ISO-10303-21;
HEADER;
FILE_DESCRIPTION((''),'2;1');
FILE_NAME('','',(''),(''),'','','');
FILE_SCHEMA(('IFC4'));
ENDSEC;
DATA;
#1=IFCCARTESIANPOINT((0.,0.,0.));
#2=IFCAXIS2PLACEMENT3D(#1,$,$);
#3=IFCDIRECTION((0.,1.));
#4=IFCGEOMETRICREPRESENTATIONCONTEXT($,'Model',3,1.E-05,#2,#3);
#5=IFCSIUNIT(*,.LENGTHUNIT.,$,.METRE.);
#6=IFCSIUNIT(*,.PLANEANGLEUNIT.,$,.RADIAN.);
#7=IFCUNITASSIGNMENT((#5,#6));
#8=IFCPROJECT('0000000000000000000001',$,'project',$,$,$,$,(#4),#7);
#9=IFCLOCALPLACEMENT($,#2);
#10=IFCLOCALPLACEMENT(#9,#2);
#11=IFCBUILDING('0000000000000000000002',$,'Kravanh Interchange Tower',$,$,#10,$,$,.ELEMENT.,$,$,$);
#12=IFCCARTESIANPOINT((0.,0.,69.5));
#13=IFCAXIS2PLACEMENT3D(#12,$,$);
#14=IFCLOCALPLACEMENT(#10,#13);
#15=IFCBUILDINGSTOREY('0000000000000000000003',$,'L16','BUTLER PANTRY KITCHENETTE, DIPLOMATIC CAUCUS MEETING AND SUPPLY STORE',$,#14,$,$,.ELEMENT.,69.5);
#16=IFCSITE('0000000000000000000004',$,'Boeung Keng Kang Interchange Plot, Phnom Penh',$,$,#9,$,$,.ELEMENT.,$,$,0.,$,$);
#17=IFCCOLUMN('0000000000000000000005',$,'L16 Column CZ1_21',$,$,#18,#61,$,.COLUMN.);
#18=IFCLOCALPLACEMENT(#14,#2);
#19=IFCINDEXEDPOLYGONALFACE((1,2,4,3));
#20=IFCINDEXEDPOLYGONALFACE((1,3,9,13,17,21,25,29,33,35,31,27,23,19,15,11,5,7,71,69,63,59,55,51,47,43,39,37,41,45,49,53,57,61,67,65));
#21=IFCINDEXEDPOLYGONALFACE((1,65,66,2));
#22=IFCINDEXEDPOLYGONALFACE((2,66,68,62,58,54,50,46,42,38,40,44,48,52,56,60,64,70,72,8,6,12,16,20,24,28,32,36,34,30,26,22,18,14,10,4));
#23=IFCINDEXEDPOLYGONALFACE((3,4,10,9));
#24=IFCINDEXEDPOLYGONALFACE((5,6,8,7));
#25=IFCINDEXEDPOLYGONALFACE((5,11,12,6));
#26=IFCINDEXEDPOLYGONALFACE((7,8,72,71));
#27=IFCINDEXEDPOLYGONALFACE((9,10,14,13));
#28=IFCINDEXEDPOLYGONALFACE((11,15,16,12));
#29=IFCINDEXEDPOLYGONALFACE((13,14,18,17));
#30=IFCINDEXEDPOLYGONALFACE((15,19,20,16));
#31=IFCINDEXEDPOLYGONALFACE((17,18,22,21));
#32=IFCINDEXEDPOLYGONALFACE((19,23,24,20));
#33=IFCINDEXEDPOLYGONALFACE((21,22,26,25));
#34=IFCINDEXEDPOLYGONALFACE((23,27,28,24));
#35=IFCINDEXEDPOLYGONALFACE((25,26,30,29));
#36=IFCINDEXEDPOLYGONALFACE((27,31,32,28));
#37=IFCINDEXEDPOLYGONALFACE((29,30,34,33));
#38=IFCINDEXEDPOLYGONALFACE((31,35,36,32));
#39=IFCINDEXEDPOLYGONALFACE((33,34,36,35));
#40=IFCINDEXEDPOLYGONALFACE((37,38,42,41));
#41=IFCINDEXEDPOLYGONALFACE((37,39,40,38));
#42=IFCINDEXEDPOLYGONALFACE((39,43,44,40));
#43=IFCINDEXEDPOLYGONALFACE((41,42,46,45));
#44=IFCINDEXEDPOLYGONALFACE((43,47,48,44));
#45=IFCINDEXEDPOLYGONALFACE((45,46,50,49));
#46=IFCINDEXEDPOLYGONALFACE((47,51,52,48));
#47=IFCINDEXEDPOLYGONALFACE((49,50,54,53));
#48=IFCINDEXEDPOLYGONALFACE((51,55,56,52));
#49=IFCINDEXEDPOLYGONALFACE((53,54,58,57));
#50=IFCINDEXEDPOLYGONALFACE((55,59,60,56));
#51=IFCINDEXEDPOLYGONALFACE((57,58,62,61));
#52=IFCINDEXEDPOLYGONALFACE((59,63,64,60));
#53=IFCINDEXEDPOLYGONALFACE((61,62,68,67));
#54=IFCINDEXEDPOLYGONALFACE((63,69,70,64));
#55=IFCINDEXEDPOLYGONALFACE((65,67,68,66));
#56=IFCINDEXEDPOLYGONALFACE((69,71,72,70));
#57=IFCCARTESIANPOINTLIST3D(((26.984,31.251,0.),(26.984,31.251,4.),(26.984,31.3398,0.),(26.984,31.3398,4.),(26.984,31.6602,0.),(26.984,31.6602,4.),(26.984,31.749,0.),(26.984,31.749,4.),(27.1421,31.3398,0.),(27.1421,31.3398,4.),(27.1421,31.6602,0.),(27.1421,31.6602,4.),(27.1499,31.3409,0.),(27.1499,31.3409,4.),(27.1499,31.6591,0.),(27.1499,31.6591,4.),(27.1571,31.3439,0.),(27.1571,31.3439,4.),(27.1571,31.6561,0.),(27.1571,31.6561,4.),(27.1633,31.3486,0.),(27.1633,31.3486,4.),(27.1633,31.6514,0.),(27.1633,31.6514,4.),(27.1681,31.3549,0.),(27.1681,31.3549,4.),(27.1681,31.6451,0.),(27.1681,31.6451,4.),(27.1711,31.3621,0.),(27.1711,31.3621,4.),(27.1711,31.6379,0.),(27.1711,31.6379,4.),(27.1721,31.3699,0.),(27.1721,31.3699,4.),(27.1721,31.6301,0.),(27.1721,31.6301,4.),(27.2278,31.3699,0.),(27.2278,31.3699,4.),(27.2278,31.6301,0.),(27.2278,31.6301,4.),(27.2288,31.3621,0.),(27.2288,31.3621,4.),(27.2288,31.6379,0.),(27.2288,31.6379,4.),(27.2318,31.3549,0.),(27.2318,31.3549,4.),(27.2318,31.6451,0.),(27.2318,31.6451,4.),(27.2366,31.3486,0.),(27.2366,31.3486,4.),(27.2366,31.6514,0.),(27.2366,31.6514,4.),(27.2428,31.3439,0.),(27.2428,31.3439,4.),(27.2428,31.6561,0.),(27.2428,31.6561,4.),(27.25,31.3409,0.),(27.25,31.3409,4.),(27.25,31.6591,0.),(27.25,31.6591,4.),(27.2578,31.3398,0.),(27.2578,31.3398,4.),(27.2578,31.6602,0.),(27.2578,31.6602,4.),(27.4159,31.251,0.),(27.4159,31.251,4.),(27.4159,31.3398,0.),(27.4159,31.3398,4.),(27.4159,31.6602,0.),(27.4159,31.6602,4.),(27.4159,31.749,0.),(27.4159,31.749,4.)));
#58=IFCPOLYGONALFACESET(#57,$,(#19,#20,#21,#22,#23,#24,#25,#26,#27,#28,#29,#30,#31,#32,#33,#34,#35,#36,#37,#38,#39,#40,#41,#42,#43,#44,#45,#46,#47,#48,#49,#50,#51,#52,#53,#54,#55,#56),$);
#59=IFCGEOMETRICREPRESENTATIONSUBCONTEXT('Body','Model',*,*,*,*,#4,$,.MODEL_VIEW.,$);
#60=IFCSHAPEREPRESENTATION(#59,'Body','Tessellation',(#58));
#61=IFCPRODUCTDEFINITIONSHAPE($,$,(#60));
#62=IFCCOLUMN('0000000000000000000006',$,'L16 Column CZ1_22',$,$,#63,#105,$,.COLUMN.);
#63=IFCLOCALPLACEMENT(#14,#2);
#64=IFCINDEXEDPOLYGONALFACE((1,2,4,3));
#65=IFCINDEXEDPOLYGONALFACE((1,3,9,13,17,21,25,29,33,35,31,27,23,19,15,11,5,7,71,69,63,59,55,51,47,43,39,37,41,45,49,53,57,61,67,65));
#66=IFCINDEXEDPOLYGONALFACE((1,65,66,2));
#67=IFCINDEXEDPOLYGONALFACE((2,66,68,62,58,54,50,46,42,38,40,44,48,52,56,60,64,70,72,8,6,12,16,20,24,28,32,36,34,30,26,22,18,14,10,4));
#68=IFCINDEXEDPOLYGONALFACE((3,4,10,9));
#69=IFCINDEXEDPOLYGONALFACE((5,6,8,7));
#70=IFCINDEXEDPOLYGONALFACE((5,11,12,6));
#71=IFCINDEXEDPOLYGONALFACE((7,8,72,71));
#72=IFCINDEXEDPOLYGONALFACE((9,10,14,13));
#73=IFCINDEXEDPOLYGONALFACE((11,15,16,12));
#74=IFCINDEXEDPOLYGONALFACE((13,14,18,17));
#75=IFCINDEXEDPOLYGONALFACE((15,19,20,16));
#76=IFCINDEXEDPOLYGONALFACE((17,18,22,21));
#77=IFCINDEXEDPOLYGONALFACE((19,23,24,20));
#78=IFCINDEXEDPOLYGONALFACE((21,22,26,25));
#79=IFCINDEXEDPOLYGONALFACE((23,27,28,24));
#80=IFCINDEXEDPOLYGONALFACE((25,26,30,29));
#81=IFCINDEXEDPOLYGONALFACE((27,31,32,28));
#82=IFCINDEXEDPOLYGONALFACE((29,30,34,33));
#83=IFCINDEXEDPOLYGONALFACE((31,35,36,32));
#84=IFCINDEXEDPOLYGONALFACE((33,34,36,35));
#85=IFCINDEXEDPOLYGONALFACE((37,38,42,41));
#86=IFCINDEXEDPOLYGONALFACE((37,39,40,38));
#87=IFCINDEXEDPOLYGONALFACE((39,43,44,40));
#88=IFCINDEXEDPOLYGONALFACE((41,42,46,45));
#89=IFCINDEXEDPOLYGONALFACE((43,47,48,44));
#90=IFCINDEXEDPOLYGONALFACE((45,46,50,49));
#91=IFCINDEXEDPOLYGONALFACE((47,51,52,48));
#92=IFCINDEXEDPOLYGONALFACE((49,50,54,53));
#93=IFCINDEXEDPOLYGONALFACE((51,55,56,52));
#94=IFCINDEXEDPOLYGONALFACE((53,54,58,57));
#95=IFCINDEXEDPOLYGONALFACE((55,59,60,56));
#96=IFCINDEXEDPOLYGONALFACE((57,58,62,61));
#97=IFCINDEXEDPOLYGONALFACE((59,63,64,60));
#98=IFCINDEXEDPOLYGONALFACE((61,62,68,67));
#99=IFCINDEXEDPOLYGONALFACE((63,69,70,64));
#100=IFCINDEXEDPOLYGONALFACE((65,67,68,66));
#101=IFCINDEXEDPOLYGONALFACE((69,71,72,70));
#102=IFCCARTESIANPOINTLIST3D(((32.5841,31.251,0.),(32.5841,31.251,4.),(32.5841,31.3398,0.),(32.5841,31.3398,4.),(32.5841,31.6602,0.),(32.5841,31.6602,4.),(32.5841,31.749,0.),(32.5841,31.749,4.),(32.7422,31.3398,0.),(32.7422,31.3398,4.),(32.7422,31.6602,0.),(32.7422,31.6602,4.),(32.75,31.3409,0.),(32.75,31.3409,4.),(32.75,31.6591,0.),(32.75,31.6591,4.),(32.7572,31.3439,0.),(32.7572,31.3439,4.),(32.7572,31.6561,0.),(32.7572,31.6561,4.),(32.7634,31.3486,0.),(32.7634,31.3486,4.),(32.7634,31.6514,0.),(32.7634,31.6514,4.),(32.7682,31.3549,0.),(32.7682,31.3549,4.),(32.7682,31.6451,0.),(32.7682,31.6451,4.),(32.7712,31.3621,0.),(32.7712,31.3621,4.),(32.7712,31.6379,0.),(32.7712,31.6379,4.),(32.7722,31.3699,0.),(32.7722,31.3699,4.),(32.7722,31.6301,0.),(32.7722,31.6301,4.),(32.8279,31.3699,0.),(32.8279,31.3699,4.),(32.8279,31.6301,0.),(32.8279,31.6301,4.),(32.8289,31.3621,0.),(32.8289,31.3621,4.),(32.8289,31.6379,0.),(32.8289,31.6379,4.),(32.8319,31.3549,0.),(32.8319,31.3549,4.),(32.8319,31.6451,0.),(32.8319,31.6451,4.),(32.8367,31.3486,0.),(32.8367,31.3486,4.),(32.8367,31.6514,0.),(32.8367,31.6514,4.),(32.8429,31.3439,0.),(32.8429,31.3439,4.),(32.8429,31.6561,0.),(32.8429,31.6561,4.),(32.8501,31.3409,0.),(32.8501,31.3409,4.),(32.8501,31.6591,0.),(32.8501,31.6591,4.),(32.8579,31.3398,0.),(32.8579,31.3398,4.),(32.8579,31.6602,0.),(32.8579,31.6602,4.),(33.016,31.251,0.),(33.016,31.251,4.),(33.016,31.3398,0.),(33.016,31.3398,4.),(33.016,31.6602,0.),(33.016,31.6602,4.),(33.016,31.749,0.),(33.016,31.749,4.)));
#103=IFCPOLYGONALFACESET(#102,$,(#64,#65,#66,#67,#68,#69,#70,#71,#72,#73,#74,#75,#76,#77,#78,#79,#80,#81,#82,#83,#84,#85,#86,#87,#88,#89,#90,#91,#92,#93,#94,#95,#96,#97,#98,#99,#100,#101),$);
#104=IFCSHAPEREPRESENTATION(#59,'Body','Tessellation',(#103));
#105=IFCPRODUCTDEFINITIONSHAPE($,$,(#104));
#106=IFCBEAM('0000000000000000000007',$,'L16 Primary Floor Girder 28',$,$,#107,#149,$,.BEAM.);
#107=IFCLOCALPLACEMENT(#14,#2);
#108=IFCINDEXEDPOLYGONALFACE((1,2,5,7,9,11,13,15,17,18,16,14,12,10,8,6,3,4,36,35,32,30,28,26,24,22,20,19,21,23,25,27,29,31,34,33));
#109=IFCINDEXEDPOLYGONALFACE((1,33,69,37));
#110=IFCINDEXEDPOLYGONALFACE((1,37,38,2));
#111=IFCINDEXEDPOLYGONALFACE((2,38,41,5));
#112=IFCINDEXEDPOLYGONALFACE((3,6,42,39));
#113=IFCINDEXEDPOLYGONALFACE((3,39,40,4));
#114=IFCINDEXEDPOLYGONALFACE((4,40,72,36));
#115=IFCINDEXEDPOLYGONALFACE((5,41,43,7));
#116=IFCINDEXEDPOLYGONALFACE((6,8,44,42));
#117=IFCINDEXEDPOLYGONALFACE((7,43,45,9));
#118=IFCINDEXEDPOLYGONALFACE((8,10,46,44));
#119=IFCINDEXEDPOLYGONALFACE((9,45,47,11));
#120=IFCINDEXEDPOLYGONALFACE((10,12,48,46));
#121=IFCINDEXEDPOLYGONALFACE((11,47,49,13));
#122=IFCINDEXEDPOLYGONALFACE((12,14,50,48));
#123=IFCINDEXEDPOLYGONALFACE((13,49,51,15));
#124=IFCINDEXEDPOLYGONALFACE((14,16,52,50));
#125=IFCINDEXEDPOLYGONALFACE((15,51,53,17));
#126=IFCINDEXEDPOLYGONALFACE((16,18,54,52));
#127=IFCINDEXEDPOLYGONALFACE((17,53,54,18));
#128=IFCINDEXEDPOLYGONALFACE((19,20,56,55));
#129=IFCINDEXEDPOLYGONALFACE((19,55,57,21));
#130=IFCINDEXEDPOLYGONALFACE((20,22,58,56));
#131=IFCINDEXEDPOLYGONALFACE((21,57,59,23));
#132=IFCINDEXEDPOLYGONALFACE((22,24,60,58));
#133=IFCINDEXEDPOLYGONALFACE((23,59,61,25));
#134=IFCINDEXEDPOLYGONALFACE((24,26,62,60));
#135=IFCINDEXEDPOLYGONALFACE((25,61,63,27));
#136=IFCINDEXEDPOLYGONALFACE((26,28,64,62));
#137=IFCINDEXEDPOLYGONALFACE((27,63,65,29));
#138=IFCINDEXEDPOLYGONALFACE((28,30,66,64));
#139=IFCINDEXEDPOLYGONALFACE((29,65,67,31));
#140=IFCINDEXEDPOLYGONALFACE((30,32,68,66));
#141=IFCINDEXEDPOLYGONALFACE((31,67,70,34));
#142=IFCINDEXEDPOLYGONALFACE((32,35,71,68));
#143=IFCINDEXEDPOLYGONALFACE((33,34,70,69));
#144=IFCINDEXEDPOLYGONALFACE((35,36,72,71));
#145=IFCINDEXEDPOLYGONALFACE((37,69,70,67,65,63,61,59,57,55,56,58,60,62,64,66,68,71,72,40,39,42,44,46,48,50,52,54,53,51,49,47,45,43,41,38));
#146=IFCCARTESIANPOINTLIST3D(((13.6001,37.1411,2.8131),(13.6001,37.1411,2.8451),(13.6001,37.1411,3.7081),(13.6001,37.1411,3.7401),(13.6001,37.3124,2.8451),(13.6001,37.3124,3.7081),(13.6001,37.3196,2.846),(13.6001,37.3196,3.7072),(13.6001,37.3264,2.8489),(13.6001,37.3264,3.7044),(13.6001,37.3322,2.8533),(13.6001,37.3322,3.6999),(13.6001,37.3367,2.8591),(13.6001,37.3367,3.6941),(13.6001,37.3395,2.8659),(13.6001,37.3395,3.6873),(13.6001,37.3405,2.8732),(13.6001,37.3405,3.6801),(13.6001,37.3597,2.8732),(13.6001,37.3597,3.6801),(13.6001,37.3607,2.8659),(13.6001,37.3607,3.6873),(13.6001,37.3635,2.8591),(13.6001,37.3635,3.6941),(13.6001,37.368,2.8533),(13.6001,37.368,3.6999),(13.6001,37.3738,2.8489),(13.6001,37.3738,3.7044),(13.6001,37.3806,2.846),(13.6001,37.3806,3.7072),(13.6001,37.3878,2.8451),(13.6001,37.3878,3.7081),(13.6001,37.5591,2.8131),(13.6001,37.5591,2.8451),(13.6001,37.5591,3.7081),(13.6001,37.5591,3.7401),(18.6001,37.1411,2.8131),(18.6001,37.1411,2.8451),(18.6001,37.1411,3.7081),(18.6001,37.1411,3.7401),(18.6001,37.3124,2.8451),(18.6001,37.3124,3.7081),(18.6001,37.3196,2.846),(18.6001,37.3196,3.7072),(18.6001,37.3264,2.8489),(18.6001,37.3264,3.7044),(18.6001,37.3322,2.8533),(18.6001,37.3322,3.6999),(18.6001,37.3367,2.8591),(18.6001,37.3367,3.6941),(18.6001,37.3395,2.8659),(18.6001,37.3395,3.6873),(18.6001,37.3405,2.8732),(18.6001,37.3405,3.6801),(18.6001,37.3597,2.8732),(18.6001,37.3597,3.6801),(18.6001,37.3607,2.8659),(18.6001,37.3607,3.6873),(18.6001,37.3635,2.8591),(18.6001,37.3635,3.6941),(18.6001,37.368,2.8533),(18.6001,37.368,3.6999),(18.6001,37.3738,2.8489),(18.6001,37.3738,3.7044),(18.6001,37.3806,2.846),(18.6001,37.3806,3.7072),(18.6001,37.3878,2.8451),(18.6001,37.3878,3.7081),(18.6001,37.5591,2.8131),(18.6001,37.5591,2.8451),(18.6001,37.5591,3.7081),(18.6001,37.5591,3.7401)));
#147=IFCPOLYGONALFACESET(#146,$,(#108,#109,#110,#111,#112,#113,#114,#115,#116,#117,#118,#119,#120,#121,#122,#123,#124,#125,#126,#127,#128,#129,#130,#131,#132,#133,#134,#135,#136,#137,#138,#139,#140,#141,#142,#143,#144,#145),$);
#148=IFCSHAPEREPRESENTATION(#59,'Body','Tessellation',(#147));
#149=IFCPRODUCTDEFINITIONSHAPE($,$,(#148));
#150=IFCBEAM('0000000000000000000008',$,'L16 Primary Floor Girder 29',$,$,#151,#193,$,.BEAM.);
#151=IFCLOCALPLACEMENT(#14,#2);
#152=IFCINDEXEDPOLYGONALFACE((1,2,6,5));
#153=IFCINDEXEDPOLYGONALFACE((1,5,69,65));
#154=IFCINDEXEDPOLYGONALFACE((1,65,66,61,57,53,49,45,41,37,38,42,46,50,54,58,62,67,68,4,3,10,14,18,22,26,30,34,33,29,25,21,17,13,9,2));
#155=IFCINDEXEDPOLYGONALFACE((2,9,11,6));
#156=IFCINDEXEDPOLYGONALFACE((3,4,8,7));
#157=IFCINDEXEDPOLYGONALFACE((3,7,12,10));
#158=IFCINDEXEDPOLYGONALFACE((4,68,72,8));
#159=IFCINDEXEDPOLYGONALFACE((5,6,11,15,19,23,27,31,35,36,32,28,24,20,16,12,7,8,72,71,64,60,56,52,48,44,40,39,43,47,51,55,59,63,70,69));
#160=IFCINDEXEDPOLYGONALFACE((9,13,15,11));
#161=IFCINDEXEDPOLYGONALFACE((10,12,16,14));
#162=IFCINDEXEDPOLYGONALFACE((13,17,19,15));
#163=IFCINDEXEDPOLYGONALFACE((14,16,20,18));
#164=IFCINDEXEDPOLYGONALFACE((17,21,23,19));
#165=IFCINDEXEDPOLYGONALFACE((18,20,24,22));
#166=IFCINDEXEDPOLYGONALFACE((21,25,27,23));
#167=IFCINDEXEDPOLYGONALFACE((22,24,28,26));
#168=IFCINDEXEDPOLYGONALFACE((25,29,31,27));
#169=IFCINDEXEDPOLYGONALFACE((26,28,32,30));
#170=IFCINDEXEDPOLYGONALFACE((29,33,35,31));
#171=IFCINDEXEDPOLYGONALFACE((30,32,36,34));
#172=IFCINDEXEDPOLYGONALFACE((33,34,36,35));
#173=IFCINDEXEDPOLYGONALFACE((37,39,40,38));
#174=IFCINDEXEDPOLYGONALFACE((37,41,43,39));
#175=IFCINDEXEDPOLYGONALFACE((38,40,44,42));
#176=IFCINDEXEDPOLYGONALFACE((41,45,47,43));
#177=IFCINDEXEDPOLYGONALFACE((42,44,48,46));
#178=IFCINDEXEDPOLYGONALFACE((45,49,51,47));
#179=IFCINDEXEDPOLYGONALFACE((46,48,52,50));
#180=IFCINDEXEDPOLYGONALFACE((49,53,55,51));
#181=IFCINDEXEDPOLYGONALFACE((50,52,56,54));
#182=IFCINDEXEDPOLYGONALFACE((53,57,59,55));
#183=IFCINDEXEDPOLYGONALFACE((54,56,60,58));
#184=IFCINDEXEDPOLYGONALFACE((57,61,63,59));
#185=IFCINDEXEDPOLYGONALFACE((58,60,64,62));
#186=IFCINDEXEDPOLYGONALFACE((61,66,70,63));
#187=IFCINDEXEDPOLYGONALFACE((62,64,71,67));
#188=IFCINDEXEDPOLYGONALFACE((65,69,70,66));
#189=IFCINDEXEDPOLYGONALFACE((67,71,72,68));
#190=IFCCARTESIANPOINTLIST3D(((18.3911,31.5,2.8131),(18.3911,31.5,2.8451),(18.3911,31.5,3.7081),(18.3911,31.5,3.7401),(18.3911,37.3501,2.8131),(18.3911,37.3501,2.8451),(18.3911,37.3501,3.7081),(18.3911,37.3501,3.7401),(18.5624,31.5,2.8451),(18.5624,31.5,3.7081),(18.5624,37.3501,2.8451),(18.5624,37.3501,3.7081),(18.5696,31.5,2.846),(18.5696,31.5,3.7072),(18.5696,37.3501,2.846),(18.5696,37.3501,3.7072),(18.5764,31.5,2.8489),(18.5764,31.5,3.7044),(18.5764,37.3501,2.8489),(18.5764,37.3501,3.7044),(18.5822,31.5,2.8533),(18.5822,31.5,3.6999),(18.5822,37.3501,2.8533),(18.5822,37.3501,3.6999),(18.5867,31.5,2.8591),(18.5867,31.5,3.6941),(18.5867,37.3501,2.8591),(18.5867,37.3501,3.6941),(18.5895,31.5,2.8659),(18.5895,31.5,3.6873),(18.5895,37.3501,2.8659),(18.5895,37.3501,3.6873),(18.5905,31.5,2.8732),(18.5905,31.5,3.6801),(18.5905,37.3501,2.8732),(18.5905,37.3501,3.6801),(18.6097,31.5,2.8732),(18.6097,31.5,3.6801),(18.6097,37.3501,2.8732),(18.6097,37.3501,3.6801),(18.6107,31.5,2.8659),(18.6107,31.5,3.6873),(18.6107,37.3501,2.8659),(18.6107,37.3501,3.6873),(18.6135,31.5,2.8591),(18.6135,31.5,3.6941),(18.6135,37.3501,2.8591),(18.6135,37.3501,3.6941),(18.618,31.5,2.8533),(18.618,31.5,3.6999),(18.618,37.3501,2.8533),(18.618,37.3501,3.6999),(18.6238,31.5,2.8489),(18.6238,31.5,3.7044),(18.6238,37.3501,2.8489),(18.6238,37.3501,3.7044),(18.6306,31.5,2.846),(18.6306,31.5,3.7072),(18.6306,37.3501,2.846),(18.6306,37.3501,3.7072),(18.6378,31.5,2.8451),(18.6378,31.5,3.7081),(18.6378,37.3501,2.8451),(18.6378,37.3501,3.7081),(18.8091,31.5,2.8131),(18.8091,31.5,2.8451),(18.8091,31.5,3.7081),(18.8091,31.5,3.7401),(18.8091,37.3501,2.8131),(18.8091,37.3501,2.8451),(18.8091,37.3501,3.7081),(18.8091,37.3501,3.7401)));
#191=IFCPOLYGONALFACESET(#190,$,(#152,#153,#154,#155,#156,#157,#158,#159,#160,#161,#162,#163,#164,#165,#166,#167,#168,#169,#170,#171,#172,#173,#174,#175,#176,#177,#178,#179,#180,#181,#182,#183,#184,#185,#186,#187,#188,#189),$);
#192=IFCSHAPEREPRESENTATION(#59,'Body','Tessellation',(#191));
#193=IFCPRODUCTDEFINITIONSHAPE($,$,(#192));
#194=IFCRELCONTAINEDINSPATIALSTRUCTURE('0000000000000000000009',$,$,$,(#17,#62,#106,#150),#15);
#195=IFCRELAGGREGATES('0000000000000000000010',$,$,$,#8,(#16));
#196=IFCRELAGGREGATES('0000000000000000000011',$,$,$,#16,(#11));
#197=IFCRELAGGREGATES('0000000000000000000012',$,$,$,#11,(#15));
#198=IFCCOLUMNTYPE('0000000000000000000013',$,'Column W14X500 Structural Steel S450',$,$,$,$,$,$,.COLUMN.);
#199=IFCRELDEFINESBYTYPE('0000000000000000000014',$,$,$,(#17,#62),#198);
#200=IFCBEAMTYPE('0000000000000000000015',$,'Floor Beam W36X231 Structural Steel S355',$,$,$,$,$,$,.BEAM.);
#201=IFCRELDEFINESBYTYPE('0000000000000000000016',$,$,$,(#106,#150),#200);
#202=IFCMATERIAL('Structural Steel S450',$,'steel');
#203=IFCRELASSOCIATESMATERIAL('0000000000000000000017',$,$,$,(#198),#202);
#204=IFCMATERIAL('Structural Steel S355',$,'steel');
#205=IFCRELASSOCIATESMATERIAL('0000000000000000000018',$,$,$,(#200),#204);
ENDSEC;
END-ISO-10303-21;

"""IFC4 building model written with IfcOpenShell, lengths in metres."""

from ifc_helpers import new_model, si_unit, direction, frame, origin, origin_2d, place, context, subcontext, project, spatial, i_section, extrude, material, material_profile, profile_set, type_object, element, save


model = new_model("IFC4")

# Units and contexts
model_context = context("Model", 3, precision=1e-05, world=origin(), true_north=direction((0.0, 1.0)))
body_context = subcontext(model_context, "Body", "Model", "MODEL_VIEW")
ifc_project = project(units=[si_unit("LENGTHUNIT", "METRE"), si_unit("PLANEANGLEUNIT", "RADIAN")], contexts=[model_context])

# Site, building, storey
site_placement = place(None, origin())
site = spatial("IfcSite", under=ifc_project, at=site_placement, Name="Boeung Keng Kang Interchange Plot, Phnom Penh", CompositionType="ELEMENT", RefElevation=0.0)
building_placement = place(site_placement, origin())
building = spatial("IfcBuilding", under=site, at=building_placement, Name="Kravanh Interchange Tower", CompositionType="ELEMENT")
storey_placement = place(building_placement, frame((0.0, 0.0, 69.5)))
storey = spatial("IfcBuildingStorey", under=building, at=storey_placement, Name="L16", Description="BUTLER PANTRY KITCHENETTE, DIPLOMATIC CAUCUS MEETING AND SUPPLY STORE", CompositionType="ELEMENT", Elevation=69.5)

# Columns
ifc_material_1 = material(Name="Structural Steel S450", Category="steel")
ifc_material_profile_1 = material_profile(ifc_material_1, i_section(OverallWidth=0.4319, OverallDepth=0.498, WebThickness=0.0557, FlangeThickness=0.0889, FilletRadius=0.03, at=origin_2d()), Name="W14X500")
ifc_profile_set_1 = profile_set([ifc_material_profile_1], Name="Structural Steel S450")
column_type_1 = type_object("IfcColumnType", Name="Column W14X500 Structural Steel S450", PredefinedType="COLUMN", material=ifc_profile_set_1)
for number, where, z_axis, x_axis, name in (
    (1, (27.2, 31.5, 0.0), (0.0, 0.0, 1.0), (1.0, 0.0, 0.0), "L16 Column CZ1_21"),
    (2, (32.8, 31.5, 0.0), (0.0, 0.0, 1.0), (1.0, 0.0, 0.0), "L16 Column CZ1_22"),
):
    element("IfcColumn", number, at=place(storey_placement, frame(where, z_axis=z_axis, x_axis=x_axis)), inside=storey, type_object=column_type_1, Name=name, PredefinedType="COLUMN", context=body_context, shape_type="SweptSolid", body=[
        extrude(i_section(OverallWidth=0.4319, OverallDepth=0.498, WebThickness=0.0557, FlangeThickness=0.0889, FilletRadius=0.03, at=origin_2d()), origin(), (0.0, 0.0, 1.0), 4.0),
    ])

# Beams
ifc_material_2 = material(Name="Structural Steel S355", Category="steel")
ifc_material_profile_2 = material_profile(ifc_material_2, i_section(OverallWidth=0.418, OverallDepth=0.927, WebThickness=0.0193, FlangeThickness=0.032, FilletRadius=0.0281, at=origin_2d()), Name="W36X231")
ifc_profile_set_2 = profile_set([ifc_material_profile_2], Name="Structural Steel S355")
beam_type_1 = type_object("IfcBeamType", Name="Floor Beam W36X231 Structural Steel S355", PredefinedType="BEAM", material=ifc_profile_set_2)
beam_1_placement = place(storey_placement, frame((18.6001, 37.3501, 3.2766), z_axis=(-1.0, 0.0, 0.0), x_axis=(0.0, -1.0, 0.0)))
element("IfcBeam", 3, at=beam_1_placement, inside=storey, type_object=beam_type_1, Name="L16 Primary Floor Girder 28", PredefinedType="BEAM", context=body_context, shape_type="SweptSolid", body=[
    extrude(i_section(OverallWidth=0.418, OverallDepth=0.927, WebThickness=0.0193, FlangeThickness=0.032, FilletRadius=0.0281, at=origin_2d()), origin(), (0.0, 0.0, 1.0), 5.0),
])
beam_2_placement = place(storey_placement, frame((18.6001, 37.3501, 3.2766), z_axis=(0.0, -1.0, 0.0), x_axis=(1.0, 0.0, 0.0)))
element("IfcBeam", 4, at=beam_2_placement, inside=storey, type_object=beam_type_1, Name="L16 Primary Floor Girder 29", PredefinedType="BEAM", context=body_context, shape_type="SweptSolid", body=[
    extrude(i_section(OverallWidth=0.418, OverallDepth=0.927, WebThickness=0.0193, FlangeThickness=0.032, FilletRadius=0.0281, at=origin_2d()), origin(), (0.0, 0.0, 1.0), 5.8501),
])

save(model, "model.ifc")
